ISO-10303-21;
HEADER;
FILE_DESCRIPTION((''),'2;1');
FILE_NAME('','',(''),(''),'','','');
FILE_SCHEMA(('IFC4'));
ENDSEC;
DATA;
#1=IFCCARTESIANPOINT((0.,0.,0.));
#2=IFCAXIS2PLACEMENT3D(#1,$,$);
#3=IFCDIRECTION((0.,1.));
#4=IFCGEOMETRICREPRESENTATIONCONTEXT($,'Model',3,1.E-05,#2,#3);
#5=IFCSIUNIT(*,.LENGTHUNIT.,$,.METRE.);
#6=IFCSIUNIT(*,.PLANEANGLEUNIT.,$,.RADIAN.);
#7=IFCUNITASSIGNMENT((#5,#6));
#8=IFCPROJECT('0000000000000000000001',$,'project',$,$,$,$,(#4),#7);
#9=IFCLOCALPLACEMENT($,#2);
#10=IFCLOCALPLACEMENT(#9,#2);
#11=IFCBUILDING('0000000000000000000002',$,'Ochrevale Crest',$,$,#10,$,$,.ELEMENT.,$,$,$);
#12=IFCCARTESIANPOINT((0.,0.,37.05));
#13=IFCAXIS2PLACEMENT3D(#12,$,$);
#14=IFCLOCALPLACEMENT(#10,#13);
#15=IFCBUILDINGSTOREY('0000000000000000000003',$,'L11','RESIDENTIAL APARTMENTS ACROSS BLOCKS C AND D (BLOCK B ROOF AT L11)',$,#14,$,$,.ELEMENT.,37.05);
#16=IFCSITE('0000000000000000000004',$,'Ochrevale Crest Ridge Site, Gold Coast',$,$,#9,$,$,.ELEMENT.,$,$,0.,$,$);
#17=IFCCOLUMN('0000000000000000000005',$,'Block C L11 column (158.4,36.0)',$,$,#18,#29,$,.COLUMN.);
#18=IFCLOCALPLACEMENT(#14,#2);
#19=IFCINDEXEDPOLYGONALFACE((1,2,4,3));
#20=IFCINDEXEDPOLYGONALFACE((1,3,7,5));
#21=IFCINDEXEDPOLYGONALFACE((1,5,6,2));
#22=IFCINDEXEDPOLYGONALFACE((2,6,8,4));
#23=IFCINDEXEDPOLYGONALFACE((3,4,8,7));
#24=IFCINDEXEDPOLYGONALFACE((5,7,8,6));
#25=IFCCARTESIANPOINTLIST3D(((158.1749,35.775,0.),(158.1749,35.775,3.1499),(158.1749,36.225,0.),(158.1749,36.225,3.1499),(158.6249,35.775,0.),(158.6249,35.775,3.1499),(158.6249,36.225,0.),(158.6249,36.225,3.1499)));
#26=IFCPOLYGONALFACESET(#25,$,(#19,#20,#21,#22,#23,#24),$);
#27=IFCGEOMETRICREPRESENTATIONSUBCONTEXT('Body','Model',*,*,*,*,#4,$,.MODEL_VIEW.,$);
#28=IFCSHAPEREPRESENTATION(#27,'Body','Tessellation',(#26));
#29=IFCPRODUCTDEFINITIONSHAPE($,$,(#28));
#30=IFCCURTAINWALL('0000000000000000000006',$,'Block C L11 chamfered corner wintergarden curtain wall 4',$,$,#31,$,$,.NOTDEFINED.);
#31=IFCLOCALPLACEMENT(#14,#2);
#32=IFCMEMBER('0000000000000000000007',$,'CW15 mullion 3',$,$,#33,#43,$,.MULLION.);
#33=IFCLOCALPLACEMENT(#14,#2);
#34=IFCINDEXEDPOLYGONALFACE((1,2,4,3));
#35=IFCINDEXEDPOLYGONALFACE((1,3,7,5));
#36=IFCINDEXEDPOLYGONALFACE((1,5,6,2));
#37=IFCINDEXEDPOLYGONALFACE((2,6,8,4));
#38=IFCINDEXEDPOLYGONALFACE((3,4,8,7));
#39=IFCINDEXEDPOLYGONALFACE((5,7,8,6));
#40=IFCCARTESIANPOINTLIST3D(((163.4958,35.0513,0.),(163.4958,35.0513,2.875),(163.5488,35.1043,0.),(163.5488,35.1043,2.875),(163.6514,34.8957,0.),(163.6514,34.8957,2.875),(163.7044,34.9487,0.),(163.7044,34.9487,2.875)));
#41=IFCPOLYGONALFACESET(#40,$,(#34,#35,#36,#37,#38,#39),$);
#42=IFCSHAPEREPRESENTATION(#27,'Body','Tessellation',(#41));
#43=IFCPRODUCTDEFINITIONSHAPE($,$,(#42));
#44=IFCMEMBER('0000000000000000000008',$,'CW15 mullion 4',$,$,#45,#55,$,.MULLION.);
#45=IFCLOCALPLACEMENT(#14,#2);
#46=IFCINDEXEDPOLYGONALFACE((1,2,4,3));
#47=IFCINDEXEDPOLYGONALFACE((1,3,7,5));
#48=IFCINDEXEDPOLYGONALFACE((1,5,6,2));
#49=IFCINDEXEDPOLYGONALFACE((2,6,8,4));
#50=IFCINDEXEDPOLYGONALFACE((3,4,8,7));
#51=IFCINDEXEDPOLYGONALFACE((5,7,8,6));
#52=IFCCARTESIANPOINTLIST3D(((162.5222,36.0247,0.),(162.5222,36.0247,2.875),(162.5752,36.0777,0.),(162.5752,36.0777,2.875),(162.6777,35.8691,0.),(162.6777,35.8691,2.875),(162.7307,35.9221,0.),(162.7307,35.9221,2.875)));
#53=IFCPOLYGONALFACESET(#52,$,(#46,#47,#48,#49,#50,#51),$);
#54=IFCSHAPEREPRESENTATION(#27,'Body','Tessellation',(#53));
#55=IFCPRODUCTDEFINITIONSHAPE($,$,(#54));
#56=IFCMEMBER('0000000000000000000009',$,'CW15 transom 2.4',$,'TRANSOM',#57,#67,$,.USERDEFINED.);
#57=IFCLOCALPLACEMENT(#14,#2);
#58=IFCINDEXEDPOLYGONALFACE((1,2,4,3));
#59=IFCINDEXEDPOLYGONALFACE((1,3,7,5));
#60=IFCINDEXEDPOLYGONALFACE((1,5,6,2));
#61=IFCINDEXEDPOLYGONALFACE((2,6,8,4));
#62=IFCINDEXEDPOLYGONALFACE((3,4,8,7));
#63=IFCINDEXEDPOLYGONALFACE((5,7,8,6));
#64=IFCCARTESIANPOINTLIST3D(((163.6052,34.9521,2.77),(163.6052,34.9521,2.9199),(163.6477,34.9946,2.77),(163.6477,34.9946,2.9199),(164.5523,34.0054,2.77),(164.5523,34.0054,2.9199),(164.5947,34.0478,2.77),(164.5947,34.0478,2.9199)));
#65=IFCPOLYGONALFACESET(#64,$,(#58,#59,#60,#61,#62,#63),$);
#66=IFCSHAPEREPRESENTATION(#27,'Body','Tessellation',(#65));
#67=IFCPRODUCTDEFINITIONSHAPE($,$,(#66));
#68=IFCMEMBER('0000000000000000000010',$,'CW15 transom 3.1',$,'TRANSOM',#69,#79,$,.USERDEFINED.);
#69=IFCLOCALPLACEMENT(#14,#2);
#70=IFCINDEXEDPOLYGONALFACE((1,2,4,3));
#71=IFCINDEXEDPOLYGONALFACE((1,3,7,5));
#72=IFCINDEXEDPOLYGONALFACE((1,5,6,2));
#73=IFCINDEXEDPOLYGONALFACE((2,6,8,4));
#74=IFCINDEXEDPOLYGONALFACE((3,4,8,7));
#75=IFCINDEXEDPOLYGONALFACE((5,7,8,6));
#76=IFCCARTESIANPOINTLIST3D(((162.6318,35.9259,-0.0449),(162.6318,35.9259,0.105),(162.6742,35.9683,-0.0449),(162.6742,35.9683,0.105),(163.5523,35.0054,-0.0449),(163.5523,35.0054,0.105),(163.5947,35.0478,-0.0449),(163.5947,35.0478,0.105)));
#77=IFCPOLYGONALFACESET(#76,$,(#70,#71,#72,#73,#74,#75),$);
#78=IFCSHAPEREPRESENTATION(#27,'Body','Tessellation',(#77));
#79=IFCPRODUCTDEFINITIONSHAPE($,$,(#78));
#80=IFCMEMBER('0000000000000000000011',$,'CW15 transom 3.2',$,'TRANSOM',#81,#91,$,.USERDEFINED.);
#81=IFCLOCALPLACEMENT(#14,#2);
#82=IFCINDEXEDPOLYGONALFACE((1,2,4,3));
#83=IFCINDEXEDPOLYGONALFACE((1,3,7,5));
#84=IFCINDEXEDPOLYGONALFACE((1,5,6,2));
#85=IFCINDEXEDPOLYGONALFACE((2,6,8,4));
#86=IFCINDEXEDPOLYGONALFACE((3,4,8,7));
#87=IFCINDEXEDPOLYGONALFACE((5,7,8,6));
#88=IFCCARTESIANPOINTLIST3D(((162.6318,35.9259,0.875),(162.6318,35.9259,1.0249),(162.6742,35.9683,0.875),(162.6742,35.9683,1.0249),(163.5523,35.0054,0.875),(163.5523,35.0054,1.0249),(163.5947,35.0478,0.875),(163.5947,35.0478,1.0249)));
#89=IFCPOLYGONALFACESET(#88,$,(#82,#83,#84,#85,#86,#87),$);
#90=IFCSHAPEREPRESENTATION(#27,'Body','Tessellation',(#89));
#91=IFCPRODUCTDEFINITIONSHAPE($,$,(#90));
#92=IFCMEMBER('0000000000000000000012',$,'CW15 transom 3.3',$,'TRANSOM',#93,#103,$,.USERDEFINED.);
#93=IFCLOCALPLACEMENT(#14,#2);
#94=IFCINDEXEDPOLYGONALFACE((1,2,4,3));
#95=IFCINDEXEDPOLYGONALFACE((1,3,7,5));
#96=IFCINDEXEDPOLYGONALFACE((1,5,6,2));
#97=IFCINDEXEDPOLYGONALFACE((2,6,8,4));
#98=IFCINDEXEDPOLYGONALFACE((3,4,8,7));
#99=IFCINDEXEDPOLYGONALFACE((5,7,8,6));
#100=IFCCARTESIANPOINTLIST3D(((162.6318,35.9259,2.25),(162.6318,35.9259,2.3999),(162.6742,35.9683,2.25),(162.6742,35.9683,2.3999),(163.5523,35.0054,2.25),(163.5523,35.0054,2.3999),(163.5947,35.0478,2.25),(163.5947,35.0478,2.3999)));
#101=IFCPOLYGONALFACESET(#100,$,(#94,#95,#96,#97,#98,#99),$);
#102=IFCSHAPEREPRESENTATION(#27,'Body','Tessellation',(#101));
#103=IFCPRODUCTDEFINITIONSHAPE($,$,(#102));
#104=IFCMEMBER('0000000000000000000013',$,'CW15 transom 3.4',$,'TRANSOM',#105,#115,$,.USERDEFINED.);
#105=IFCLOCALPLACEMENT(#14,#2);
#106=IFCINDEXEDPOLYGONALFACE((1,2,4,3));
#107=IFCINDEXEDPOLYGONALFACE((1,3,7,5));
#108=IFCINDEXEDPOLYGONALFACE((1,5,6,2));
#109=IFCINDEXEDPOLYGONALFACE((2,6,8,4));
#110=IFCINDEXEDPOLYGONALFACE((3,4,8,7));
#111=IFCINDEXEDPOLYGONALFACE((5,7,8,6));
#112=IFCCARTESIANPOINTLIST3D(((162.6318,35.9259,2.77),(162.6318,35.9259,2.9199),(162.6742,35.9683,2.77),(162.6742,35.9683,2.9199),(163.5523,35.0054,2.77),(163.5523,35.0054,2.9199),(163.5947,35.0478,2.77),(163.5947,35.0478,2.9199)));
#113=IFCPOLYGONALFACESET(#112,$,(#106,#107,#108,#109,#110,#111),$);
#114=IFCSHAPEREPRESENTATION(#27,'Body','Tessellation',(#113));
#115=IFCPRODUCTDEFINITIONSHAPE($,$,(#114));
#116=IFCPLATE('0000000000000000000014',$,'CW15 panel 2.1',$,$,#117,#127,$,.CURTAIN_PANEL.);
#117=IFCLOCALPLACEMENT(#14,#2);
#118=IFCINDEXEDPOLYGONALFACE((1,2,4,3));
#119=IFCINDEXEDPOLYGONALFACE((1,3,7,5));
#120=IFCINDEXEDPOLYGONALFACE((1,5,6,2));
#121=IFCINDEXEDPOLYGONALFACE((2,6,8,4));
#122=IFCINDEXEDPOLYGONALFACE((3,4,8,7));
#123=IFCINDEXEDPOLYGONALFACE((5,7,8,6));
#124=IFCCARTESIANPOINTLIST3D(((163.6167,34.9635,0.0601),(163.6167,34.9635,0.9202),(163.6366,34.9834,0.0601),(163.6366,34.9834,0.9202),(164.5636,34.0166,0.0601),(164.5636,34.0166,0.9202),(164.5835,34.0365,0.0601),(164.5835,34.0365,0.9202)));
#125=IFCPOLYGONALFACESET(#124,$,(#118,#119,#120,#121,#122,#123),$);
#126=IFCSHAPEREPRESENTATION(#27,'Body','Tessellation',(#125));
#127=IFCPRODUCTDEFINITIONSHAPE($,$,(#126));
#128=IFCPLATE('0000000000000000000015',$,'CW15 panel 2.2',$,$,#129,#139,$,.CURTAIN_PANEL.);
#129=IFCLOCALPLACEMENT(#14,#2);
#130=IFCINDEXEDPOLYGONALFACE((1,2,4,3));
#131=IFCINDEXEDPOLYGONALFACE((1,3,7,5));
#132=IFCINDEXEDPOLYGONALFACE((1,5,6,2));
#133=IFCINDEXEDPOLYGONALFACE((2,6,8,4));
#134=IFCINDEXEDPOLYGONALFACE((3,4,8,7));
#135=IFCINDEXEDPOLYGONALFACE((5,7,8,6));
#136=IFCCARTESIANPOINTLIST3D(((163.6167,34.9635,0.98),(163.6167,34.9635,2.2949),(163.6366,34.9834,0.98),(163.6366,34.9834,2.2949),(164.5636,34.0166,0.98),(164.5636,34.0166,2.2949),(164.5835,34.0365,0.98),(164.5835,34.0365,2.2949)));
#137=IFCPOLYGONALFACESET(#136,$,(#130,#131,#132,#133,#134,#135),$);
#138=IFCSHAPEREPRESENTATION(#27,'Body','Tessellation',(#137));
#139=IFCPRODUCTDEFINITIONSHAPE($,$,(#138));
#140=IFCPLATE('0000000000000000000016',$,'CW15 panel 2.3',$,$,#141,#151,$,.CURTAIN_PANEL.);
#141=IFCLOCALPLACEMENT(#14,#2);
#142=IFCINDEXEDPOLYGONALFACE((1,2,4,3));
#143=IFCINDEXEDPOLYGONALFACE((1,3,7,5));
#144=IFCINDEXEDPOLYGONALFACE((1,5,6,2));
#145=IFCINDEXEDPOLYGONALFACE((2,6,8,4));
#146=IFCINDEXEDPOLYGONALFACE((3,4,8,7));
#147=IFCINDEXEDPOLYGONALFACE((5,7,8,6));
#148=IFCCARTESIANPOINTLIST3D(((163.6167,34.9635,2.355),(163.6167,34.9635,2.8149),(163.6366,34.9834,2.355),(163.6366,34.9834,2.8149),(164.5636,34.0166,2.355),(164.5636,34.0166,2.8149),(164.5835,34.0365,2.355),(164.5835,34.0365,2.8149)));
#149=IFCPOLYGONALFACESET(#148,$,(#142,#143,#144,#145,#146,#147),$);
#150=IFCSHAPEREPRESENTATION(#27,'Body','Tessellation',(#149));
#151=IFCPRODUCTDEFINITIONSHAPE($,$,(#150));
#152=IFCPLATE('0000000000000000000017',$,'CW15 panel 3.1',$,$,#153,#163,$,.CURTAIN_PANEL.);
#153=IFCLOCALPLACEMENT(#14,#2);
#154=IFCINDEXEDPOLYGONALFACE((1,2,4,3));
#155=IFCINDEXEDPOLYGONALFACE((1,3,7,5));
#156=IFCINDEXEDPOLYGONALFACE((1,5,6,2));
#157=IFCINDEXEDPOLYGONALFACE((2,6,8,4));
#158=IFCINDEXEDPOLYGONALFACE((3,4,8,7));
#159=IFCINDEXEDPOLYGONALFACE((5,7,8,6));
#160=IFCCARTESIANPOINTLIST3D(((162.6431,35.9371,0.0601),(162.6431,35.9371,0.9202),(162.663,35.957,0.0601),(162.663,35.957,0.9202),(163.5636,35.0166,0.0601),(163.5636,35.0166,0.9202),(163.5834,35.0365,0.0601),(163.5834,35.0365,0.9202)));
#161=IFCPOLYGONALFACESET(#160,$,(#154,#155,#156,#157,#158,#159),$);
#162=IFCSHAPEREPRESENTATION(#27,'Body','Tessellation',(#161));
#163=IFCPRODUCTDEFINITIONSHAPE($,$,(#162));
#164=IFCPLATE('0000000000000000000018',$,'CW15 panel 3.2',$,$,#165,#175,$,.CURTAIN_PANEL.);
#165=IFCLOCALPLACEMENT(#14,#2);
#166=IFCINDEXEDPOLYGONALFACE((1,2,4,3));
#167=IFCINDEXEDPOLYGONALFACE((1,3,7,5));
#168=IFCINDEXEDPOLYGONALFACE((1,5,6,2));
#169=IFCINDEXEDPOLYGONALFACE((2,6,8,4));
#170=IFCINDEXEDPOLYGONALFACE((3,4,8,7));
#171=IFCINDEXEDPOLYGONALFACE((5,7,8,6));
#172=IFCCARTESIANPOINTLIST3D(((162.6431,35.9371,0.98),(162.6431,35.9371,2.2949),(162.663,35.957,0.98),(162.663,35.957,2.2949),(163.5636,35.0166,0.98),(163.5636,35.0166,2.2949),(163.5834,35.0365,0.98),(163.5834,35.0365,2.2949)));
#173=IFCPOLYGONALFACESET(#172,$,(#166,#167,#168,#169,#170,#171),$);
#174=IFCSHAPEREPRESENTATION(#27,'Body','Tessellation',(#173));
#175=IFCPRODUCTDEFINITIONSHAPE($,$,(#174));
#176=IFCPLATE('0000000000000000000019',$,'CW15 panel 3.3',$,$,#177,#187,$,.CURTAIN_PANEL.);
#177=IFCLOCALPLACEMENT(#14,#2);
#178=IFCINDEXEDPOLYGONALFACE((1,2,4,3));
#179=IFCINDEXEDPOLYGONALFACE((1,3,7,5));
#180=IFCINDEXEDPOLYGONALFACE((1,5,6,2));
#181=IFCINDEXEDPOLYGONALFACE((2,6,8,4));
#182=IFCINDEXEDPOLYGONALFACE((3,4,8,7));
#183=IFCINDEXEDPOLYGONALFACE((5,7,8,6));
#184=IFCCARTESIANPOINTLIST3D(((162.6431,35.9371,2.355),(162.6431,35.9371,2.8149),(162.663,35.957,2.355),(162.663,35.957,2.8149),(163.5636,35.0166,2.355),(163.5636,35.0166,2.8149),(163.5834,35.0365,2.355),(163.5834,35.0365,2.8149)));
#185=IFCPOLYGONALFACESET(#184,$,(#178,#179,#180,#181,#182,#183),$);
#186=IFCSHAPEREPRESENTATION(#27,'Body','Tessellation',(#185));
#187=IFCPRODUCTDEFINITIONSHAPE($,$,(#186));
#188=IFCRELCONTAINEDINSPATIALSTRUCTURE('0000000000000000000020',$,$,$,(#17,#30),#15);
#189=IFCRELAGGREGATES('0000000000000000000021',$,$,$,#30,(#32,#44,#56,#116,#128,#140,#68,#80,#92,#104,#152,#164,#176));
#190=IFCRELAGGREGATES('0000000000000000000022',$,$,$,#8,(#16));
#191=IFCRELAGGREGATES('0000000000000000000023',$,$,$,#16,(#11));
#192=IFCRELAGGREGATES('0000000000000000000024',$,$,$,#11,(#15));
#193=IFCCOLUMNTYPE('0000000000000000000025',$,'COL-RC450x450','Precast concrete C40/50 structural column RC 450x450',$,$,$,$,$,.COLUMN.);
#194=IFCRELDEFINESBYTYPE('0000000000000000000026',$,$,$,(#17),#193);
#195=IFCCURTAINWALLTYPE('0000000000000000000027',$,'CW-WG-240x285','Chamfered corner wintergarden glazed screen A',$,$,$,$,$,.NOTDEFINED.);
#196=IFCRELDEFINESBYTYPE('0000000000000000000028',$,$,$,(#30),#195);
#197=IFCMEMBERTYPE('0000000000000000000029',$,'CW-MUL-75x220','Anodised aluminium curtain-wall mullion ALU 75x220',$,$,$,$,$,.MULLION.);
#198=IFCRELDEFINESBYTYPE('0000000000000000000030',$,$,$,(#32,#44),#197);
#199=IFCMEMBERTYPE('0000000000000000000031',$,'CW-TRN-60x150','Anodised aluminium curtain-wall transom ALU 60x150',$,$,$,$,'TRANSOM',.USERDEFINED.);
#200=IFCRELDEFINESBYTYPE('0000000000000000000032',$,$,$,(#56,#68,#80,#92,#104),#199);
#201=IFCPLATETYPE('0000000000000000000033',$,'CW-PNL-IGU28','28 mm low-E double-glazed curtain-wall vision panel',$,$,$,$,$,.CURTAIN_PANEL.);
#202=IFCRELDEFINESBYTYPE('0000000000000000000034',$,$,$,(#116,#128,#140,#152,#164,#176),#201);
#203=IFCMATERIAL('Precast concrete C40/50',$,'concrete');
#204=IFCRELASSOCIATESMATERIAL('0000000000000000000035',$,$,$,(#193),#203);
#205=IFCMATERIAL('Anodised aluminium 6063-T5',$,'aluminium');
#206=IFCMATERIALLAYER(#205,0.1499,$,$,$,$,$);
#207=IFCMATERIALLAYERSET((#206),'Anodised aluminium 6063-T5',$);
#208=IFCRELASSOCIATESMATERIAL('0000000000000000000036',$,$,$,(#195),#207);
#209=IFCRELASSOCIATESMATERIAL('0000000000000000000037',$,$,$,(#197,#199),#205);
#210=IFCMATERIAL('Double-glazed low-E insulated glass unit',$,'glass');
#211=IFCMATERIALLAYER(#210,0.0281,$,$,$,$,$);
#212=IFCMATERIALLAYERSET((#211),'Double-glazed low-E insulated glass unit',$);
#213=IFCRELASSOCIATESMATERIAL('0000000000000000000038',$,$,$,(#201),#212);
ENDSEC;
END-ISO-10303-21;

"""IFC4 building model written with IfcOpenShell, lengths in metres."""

from ifc_helpers import new_model, si_unit, direction, frame, origin, origin_2d, place, context, subcontext, project, spatial, rectangle, extrude, material, layer, layer_set, material_profile, profile_set, type_object, element, aggregate, save


model = new_model("IFC4")

# Units and contexts
model_context = context("Model", 3, precision=1e-05, world=origin(), true_north=direction((0.0, 1.0)))
body_context = subcontext(model_context, "Body", "Model", "MODEL_VIEW")
ifc_project = project(units=[si_unit("LENGTHUNIT", "METRE"), si_unit("PLANEANGLEUNIT", "RADIAN")], contexts=[model_context])

# Site, building, storey
site_placement = place(None, origin())
site = spatial("IfcSite", under=ifc_project, at=site_placement, Name="Ochrevale Crest Ridge Site, Gold Coast", CompositionType="ELEMENT", RefElevation=0.0)
building_placement = place(site_placement, origin())
building = spatial("IfcBuilding", under=site, at=building_placement, Name="Ochrevale Crest", CompositionType="ELEMENT")
storey_placement = place(building_placement, frame((0.0, 0.0, 37.05)))
storey = spatial("IfcBuildingStorey", under=building, at=storey_placement, Name="L11", Description="RESIDENTIAL APARTMENTS ACROSS BLOCKS C AND D (BLOCK B ROOF AT L11)", CompositionType="ELEMENT", Elevation=37.05)

# Column
ifc_material_1 = material(Name="Precast concrete C40/50", Category="concrete")
ifc_material_profile_1 = material_profile(ifc_material_1, rectangle(XDim=0.45, YDim=0.45, at=origin_2d()), Name="RC 450x450")
ifc_profile_set_1 = profile_set([ifc_material_profile_1], Name="Precast concrete C40/50")
column_type = type_object("IfcColumnType", Name="COL-RC450x450", Description="Precast concrete C40/50 structural column RC 450x450", PredefinedType="COLUMN", material=ifc_profile_set_1)
column_placement = place(storey_placement, frame((158.3999, 36.0, 0.0), z_axis=(0.0, 0.0, 1.0), x_axis=(1.0, 0.0, 0.0)))
element("IfcColumn", 1, at=column_placement, inside=storey, type_object=column_type, Name="Block C L11 column (158.4,36.0)", PredefinedType="COLUMN", context=body_context, shape_type="SweptSolid", body=[
    extrude(rectangle(XDim=0.45, YDim=0.45, at=origin_2d()), origin(), (0.0, 0.0, 1.0), 3.1499),
])

# Curtain wall, members, plates
ifc_material_2 = material(Name="Anodised aluminium 6063-T5", Category="aluminium")
ifc_layer_1 = layer(ifc_material_2, 0.1499)
ifc_layer_set_1 = layer_set([ifc_layer_1], Name="Anodised aluminium 6063-T5")
curtain_wall_type = type_object("IfcCurtainWallType", Name="CW-WG-240x285", Description="Chamfered corner wintergarden glazed screen A", PredefinedType="NOTDEFINED", material=ifc_layer_set_1)
curtain_wall_placement = place(storey_placement, origin())
curtain_wall = element("IfcCurtainWall", 2, at=curtain_wall_placement, inside=storey, type_object=curtain_wall_type, Name="Block C L11 chamfered corner wintergarden curtain wall 4", PredefinedType="NOTDEFINED")
ifc_material_profile_2 = material_profile(ifc_material_2, rectangle(XDim=0.075, YDim=0.22, at=origin_2d()), Name="ALU 75x220")
ifc_profile_set_2 = profile_set([ifc_material_profile_2], Name="Anodised aluminium 6063-T5")
member_type_1 = type_object("IfcMemberType", Name="CW-MUL-75x220", Description="Anodised aluminium curtain-wall mullion ALU 75x220", PredefinedType="MULLION", material=ifc_profile_set_2)
member_1_placement = place(storey_placement, frame((163.6001, 35.0, 0.0), z_axis=(0.0, 0.0, 1.0), x_axis=(-0.707107, -0.707107, 0.0)))
member_1 = element("IfcMember", 3, at=member_1_placement, type_object=member_type_1, Name="CW15 mullion 3", PredefinedType="MULLION", context=body_context, shape_type="SweptSolid", body=[
    extrude(rectangle(XDim=0.075, YDim=0.22, at=origin_2d()), origin(), (0.0, 0.0, 1.0), 2.875),
])
member_2_placement = place(storey_placement, frame((162.6265, 35.9734, 0.0), z_axis=(0.0, 0.0, 1.0), x_axis=(-0.707107, -0.707107, 0.0)))
member_2 = element("IfcMember", 4, at=member_2_placement, type_object=member_type_1, Name="CW15 mullion 4", PredefinedType="MULLION", context=body_context, shape_type="SweptSolid", body=[
    extrude(rectangle(XDim=0.075, YDim=0.22, at=origin_2d()), origin(), (0.0, 0.0, 1.0), 2.875),
])
ifc_material_profile_3 = material_profile(ifc_material_2, rectangle(XDim=0.0601, YDim=0.1499, at=origin_2d()), Name="ALU 60x150")
ifc_profile_set_3 = profile_set([ifc_material_profile_3], Name="Anodised aluminium 6063-T5")
member_type_2 = type_object("IfcMemberType", Name="CW-TRN-60x150", Description="Anodised aluminium curtain-wall transom ALU 60x150", ElementType="TRANSOM", PredefinedType="USERDEFINED", material=ifc_profile_set_3)
member_3_placement = place(storey_placement, frame((164.5735, 34.0266, 2.845), z_axis=(-0.707198, 0.707016, 0.0), x_axis=(-0.707016, -0.707198, 0.0)))
member_3 = element("IfcMember", 5, at=member_3_placement, type_object=member_type_2, Name="CW15 transom 2.4", ObjectType="TRANSOM", PredefinedType="USERDEFINED", context=body_context, shape_type="SweptSolid", body=[
    extrude(rectangle(XDim=0.0601, YDim=0.1499, at=origin_2d()), origin(), (0.0, 0.0, 1.0), 1.3391),
])
member_4_placement = place(storey_placement, frame((163.5735, 35.0266, 0.03), z_axis=(-0.707107, 0.707107, 0.0), x_axis=(-0.707107, -0.707107, 0.0)))
member_4 = element("IfcMember", 6, at=member_4_placement, type_object=member_type_2, Name="CW15 transom 3.1", ObjectType="TRANSOM", PredefinedType="USERDEFINED", context=body_context, shape_type="SweptSolid", body=[
    extrude(rectangle(XDim=0.0601, YDim=0.1499, at=origin_2d()), origin(), (0.0, 0.0, 1.0), 1.3018),
])
member_5_placement = place(storey_placement, frame((163.5735, 35.0266, 0.95), z_axis=(-0.707107, 0.707107, 0.0), x_axis=(-0.707107, -0.707107, 0.0)))
member_5 = element("IfcMember", 7, at=member_5_placement, type_object=member_type_2, Name="CW15 transom 3.2", ObjectType="TRANSOM", PredefinedType="USERDEFINED", context=body_context, shape_type="SweptSolid", body=[
    extrude(rectangle(XDim=0.0601, YDim=0.1499, at=origin_2d()), origin(), (0.0, 0.0, 1.0), 1.3018),
])
member_6_placement = place(storey_placement, frame((163.5735, 35.0266, 2.325), z_axis=(-0.707107, 0.707107, 0.0), x_axis=(-0.707107, -0.707107, 0.0)))
member_6 = element("IfcMember", 8, at=member_6_placement, type_object=member_type_2, Name="CW15 transom 3.3", ObjectType="TRANSOM", PredefinedType="USERDEFINED", context=body_context, shape_type="SweptSolid", body=[
    extrude(rectangle(XDim=0.0601, YDim=0.1499, at=origin_2d()), origin(), (0.0, 0.0, 1.0), 1.3018),
])
member_7_placement = place(storey_placement, frame((163.5735, 35.0266, 2.845), z_axis=(-0.707107, 0.707107, 0.0), x_axis=(-0.707107, -0.707107, 0.0)))
member_7 = element("IfcMember", 9, at=member_7_placement, type_object=member_type_2, Name="CW15 transom 3.4", ObjectType="TRANSOM", PredefinedType="USERDEFINED", context=body_context, shape_type="SweptSolid", body=[
    extrude(rectangle(XDim=0.0601, YDim=0.1499, at=origin_2d()), origin(), (0.0, 0.0, 1.0), 1.3018),
])
ifc_material_3 = material(Name="Double-glazed low-E insulated glass unit", Category="glass")
ifc_layer_2 = layer(ifc_material_3, 0.0281)
ifc_layer_set_2 = layer_set([ifc_layer_2], Name="Double-glazed low-E insulated glass unit")
plate_type_1 = type_object("IfcPlateType", Name="CW-PNL-IGU28", Description="28 mm low-E double-glazed curtain-wall vision panel", PredefinedType="CURTAIN_PANEL", material=ifc_layer_set_2)
plate_1_placement = place(storey_placement, frame((164.1001, 34.5, 0.0601), z_axis=(0.0, 0.0, 1.0), x_axis=(-0.707107, 0.707107, 0.0)))
plate_1 = element("IfcPlate", 10, at=plate_1_placement, type_object=plate_type_1, Name="CW15 panel 2.1", PredefinedType="CURTAIN_PANEL", context=body_context, shape_type="SweptSolid", body=[
    extrude(rectangle(XDim=1.3391, YDim=0.0281, at=origin_2d()), origin(), (0.0, 0.0, 1.0), 0.8601),
])
plate_2_placement = place(storey_placement, frame((164.1001, 34.5, 0.98), z_axis=(0.0, 0.0, 1.0), x_axis=(-0.707107, 0.707107, 0.0)))
plate_2 = element("IfcPlate", 11, at=plate_2_placement, type_object=plate_type_1, Name="CW15 panel 2.2", PredefinedType="CURTAIN_PANEL", context=body_context, shape_type="SweptSolid", body=[
    extrude(rectangle(XDim=1.3391, YDim=0.0281, at=origin_2d()), origin(), (0.0, 0.0, 1.0), 1.3149),
])
plate_3_placement = place(storey_placement, frame((164.1001, 34.5, 2.355), z_axis=(0.0, 0.0, 1.0), x_axis=(-0.707107, 0.707107, 0.0)))
plate_3 = element("IfcPlate", 12, at=plate_3_placement, type_object=plate_type_1, Name="CW15 panel 2.3", PredefinedType="CURTAIN_PANEL", context=body_context, shape_type="SweptSolid", body=[
    extrude(rectangle(XDim=1.3391, YDim=0.0281, at=origin_2d()), origin(), (0.0, 0.0, 1.0), 0.46),
])
plate_4_placement = place(storey_placement, frame((163.1133, 35.4868, 0.0601), z_axis=(0.0, 0.0, 1.0), x_axis=(-0.707107, 0.707107, 0.0)))
plate_4 = element("IfcPlate", 13, at=plate_4_placement, type_object=plate_type_1, Name="CW15 panel 3.1", PredefinedType="CURTAIN_PANEL", context=body_context, shape_type="SweptSolid", body=[
    extrude(rectangle(XDim=1.3018, YDim=0.0281, at=origin_2d()), origin(), (0.0, 0.0, 1.0), 0.8601),
])
plate_5_placement = place(storey_placement, frame((163.1133, 35.4868, 0.98), z_axis=(0.0, 0.0, 1.0), x_axis=(-0.707107, 0.707107, 0.0)))
plate_5 = element("IfcPlate", 14, at=plate_5_placement, type_object=plate_type_1, Name="CW15 panel 3.2", PredefinedType="CURTAIN_PANEL", context=body_context, shape_type="SweptSolid", body=[
    extrude(rectangle(XDim=1.3018, YDim=0.0281, at=origin_2d()), origin(), (0.0, 0.0, 1.0), 1.3149),
])
plate_6_placement = place(storey_placement, frame((163.1133, 35.4868, 2.355), z_axis=(0.0, 0.0, 1.0), x_axis=(-0.707107, 0.707107, 0.0)))
plate_6 = element("IfcPlate", 15, at=plate_6_placement, type_object=plate_type_1, Name="CW15 panel 3.3", PredefinedType="CURTAIN_PANEL", context=body_context, shape_type="SweptSolid", body=[
    extrude(rectangle(XDim=1.3018, YDim=0.0281, at=origin_2d()), origin(), (0.0, 0.0, 1.0), 0.46),
])
aggregate(curtain_wall, [member_1, member_2, member_3, plate_1, plate_2, plate_3, member_4, member_5, member_6, member_7, plate_4, plate_5, plate_6])

save(model, "model.ifc")
